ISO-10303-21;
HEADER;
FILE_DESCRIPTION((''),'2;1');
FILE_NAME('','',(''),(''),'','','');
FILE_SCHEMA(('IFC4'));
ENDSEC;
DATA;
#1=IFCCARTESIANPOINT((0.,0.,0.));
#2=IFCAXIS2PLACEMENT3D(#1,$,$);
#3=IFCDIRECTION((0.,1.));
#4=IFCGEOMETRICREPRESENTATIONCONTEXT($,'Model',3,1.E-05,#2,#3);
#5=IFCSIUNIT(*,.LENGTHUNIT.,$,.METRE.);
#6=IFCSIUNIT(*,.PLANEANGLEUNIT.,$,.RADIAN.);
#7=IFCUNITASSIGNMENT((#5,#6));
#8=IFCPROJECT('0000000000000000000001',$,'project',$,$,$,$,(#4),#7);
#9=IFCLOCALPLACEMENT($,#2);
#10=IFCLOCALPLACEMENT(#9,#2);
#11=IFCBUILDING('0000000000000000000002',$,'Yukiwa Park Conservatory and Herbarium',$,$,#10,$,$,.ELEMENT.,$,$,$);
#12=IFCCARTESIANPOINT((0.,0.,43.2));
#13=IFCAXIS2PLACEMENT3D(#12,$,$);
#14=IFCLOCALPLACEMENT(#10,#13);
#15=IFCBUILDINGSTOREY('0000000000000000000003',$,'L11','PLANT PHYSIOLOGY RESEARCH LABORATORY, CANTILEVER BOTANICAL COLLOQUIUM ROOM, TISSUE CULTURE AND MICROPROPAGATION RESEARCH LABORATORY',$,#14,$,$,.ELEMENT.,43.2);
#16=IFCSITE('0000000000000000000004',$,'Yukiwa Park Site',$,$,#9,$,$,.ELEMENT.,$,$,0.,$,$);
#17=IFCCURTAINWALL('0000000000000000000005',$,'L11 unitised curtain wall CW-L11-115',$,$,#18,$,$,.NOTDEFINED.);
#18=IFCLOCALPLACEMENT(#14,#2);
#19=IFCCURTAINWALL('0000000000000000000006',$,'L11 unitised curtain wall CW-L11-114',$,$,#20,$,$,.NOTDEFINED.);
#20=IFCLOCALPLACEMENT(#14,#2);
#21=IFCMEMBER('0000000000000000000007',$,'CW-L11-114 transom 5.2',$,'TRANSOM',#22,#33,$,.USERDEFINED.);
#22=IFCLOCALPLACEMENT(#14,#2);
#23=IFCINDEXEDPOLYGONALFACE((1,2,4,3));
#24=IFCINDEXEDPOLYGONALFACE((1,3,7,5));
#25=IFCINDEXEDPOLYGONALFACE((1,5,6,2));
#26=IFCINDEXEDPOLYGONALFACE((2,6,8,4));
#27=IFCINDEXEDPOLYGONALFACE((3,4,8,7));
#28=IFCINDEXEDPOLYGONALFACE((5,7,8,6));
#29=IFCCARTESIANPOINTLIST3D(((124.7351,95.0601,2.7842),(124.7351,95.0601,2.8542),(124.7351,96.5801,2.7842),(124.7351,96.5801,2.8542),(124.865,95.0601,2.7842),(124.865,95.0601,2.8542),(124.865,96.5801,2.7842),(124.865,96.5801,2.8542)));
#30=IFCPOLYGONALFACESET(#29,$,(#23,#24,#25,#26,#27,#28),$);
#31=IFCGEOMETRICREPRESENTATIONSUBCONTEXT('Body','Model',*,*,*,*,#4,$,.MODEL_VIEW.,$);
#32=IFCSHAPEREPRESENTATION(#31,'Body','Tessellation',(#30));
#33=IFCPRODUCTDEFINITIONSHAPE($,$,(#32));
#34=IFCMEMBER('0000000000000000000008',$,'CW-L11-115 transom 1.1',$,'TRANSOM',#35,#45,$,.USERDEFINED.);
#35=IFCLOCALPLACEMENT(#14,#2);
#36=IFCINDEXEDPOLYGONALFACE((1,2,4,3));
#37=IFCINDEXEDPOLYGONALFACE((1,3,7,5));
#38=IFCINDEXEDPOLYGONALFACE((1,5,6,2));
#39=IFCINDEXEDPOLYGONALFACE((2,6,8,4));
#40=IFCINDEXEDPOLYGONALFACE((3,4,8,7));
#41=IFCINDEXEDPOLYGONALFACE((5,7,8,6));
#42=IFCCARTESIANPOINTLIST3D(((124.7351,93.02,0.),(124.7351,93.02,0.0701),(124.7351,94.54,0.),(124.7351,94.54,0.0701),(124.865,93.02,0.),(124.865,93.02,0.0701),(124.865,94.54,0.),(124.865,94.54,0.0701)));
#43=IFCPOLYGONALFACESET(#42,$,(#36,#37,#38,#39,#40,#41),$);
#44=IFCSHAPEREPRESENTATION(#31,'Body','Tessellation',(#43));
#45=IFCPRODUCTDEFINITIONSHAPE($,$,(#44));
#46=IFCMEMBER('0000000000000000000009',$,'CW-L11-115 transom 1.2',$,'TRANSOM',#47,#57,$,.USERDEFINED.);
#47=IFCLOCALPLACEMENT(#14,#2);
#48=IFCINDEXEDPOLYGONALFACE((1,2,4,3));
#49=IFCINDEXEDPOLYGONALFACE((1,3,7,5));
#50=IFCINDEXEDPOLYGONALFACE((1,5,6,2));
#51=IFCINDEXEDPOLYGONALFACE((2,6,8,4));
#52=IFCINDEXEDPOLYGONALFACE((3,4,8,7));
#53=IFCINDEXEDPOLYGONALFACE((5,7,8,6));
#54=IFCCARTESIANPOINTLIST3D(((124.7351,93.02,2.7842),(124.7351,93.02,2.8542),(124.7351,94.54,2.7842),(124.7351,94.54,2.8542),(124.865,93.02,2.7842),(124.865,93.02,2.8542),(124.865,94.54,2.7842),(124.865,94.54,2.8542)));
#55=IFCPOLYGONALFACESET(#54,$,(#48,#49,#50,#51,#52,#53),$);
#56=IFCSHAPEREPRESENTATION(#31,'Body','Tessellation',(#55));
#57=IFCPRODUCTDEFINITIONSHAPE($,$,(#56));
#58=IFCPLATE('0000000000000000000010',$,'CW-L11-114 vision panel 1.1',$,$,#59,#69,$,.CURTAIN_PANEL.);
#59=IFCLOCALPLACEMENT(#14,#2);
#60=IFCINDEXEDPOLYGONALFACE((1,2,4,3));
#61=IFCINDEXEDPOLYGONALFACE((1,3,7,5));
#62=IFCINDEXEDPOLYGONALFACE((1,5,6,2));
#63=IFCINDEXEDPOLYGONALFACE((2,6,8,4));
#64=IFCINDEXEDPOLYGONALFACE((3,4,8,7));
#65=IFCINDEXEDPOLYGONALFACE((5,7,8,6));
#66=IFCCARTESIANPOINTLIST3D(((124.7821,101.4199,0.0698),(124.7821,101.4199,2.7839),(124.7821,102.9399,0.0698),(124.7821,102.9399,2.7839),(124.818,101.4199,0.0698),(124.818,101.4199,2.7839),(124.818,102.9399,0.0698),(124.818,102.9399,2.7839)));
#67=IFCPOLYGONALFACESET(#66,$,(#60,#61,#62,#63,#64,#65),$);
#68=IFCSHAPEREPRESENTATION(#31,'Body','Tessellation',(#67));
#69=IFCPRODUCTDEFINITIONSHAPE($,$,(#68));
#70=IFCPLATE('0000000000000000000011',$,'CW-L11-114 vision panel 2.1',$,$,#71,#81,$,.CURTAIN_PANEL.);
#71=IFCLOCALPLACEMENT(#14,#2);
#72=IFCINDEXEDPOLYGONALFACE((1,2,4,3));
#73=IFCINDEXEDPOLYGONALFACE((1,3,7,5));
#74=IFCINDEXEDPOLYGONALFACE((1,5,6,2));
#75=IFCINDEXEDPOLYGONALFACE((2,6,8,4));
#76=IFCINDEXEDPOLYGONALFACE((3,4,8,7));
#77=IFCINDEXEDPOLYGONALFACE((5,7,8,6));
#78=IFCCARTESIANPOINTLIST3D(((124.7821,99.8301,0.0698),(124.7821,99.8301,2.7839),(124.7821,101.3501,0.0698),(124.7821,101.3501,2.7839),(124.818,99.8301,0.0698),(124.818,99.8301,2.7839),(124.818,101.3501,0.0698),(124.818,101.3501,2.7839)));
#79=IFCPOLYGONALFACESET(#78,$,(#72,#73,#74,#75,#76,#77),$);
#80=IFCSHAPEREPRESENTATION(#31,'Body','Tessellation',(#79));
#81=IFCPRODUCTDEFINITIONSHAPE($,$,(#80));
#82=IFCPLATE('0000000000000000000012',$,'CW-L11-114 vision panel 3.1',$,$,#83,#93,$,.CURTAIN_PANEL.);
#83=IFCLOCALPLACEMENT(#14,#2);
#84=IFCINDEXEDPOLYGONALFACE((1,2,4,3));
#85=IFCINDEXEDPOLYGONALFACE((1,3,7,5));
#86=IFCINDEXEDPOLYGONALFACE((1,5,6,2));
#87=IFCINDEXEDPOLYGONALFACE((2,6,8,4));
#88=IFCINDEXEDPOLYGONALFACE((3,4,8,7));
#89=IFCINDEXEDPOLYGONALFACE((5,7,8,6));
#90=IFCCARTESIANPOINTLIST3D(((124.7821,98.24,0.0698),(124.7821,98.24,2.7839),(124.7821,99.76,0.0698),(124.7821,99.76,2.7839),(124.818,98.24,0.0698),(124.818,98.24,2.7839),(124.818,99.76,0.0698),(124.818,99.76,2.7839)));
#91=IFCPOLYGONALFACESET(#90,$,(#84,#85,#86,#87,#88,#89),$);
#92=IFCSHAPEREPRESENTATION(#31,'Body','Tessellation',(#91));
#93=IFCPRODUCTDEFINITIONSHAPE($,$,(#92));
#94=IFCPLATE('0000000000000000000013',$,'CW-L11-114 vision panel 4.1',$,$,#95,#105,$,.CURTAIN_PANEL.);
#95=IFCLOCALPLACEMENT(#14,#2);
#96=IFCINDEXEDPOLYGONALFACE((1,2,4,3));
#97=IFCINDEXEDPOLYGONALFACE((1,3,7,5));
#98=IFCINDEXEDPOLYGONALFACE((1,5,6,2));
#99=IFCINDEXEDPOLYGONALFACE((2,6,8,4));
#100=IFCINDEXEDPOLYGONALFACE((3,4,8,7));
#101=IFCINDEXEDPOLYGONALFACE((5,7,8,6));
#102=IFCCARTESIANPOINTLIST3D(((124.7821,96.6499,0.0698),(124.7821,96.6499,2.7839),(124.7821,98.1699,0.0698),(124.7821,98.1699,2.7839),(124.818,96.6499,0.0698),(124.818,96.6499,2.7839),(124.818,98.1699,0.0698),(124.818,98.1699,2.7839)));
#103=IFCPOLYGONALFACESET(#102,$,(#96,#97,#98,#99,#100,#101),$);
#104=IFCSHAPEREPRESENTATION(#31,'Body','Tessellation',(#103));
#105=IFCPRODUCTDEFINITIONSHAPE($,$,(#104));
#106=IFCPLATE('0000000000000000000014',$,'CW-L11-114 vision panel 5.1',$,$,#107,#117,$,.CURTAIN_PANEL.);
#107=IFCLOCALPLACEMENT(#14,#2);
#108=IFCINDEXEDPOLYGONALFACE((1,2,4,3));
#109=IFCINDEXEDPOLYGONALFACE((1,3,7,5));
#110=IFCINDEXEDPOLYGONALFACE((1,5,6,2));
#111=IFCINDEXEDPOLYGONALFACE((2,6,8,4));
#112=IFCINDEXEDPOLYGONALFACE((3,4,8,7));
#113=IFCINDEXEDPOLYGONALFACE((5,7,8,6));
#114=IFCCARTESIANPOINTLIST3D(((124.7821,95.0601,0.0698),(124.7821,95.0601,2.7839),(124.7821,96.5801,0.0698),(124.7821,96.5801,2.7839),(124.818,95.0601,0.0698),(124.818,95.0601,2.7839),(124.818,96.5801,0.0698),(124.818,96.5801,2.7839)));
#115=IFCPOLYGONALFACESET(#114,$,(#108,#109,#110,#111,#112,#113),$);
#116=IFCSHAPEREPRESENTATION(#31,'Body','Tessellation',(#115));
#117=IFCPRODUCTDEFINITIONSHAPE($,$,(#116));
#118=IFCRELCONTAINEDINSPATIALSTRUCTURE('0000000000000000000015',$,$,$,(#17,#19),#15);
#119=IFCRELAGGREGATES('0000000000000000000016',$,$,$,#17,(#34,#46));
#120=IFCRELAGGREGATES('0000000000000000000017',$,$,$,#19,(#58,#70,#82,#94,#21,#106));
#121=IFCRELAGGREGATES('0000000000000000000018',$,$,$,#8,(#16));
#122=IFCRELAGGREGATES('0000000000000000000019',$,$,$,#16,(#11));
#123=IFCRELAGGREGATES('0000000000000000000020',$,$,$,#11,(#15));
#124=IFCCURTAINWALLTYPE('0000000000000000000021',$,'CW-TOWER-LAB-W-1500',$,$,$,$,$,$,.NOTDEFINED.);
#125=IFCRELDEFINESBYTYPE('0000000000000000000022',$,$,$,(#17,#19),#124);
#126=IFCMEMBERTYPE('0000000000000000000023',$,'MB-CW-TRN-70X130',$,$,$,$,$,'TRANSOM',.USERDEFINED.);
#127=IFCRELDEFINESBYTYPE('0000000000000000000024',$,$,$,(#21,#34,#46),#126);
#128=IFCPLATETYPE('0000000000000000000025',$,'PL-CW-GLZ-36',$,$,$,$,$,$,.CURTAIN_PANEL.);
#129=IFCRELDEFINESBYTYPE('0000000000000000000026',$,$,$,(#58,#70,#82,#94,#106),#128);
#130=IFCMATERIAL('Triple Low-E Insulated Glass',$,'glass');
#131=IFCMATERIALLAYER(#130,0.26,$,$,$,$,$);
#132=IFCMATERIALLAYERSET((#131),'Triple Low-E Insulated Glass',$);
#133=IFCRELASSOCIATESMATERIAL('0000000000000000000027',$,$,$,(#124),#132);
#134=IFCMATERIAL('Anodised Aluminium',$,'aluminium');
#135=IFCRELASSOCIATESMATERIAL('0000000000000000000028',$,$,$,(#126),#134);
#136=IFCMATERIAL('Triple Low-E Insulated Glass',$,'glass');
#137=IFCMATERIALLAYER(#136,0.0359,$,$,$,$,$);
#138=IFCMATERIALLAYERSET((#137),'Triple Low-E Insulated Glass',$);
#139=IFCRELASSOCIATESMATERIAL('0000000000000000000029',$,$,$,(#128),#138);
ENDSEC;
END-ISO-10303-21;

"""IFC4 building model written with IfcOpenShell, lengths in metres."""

from ifc_helpers import new_model, si_unit, direction, frame, origin, origin_2d, place, context, subcontext, project, spatial, rectangle, extrude, material, layer, layer_set, type_object, element, aggregate, save


model = new_model("IFC4")

# Units and contexts
model_context = context("Model", 3, precision=1e-05, world=origin(), true_north=direction((0.0, 1.0)))
body_context = subcontext(model_context, "Body", "Model", "MODEL_VIEW")
ifc_project = project(units=[si_unit("LENGTHUNIT", "METRE"), si_unit("PLANEANGLEUNIT", "RADIAN")], contexts=[model_context])

# Site, building, storey
site_placement = place(None, origin())
site = spatial("IfcSite", under=ifc_project, at=site_placement, Name="Yukiwa Park Site", CompositionType="ELEMENT", RefElevation=0.0)
building_placement = place(site_placement, origin())
building = spatial("IfcBuilding", under=site, at=building_placement, Name="Yukiwa Park Conservatory and Herbarium", CompositionType="ELEMENT")
storey_placement = place(building_placement, frame((0.0, 0.0, 43.2)))
storey = spatial("IfcBuildingStorey", under=building, at=storey_placement, Name="L11", Description="PLANT PHYSIOLOGY RESEARCH LABORATORY, CANTILEVER BOTANICAL COLLOQUIUM ROOM, TISSUE CULTURE AND MICROPROPAGATION RESEARCH LABORATORY", CompositionType="ELEMENT", Elevation=43.2)

# Curtain walls, member
ifc_material_1 = material(Name="Triple Low-E Insulated Glass", Category="glass")
ifc_layer_1 = layer(ifc_material_1, 0.26)
ifc_layer_set_1 = layer_set([ifc_layer_1], Name="Triple Low-E Insulated Glass")
curtain_wall_type = type_object("IfcCurtainWallType", Name="CW-TOWER-LAB-W-1500", PredefinedType="NOTDEFINED", material=ifc_layer_set_1)
curtain_wall_1_placement = place(storey_placement, origin())
curtain_wall_1 = element("IfcCurtainWall", 1, at=curtain_wall_1_placement, inside=storey, type_object=curtain_wall_type, Name="L11 unitised curtain wall CW-L11-115", PredefinedType="NOTDEFINED")
curtain_wall_2_placement = place(storey_placement, origin())
curtain_wall_2 = element("IfcCurtainWall", 2, at=curtain_wall_2_placement, inside=storey, type_object=curtain_wall_type, Name="L11 unitised curtain wall CW-L11-114", PredefinedType="NOTDEFINED")
ifc_material_2 = material(Name="Anodised Aluminium", Category="aluminium")
member_type_1 = type_object("IfcMemberType", Name="MB-CW-TRN-70X130", ElementType="TRANSOM", PredefinedType="USERDEFINED", material=ifc_material_2)
member_1_placement = place(storey_placement, frame((124.8, 95.8201, 2.7842), z_axis=(0.0, 0.0, 1.0), x_axis=(0.0, -1.0, 0.0)))
member_1 = element("IfcMember", 3, at=member_1_placement, type_object=member_type_1, Name="CW-L11-114 transom 5.2", ObjectType="TRANSOM", PredefinedType="USERDEFINED", context=body_context, shape_type="SweptSolid", body=[
    extrude(rectangle(XDim=1.52, YDim=0.1299, at=origin_2d()), origin(), (0.0, 0.0, 1.0), 0.0701),
])

# Members
member_2_placement = place(storey_placement, frame((124.8, 93.78, 0.0), z_axis=(0.0, 0.0, 1.0), x_axis=(0.0, -1.0, 0.0)))
member_2 = element("IfcMember", 4, at=member_2_placement, type_object=member_type_1, Name="CW-L11-115 transom 1.1", ObjectType="TRANSOM", PredefinedType="USERDEFINED", context=body_context, shape_type="SweptSolid", body=[
    extrude(rectangle(XDim=1.52, YDim=0.1299, at=origin_2d()), origin(), (0.0, 0.0, 1.0), 0.0701),
])
member_3_placement = place(storey_placement, frame((124.8, 93.78, 2.7842), z_axis=(0.0, 0.0, 1.0), x_axis=(0.0, -1.0, 0.0)))
member_3 = element("IfcMember", 5, at=member_3_placement, type_object=member_type_1, Name="CW-L11-115 transom 1.2", ObjectType="TRANSOM", PredefinedType="USERDEFINED", context=body_context, shape_type="SweptSolid", body=[
    extrude(rectangle(XDim=1.52, YDim=0.1299, at=origin_2d()), origin(), (0.0, 0.0, 1.0), 0.0701),
])
aggregate(curtain_wall_1, [member_2, member_3])

# Plates
ifc_material_3 = material(Name="Triple Low-E Insulated Glass", Category="glass")
ifc_layer_2 = layer(ifc_material_3, 0.0359)
ifc_layer_set_2 = layer_set([ifc_layer_2], Name="Triple Low-E Insulated Glass")
plate_type = type_object("IfcPlateType", Name="PL-CW-GLZ-36", PredefinedType="CURTAIN_PANEL", material=ifc_layer_set_2)
plate_1_placement = place(storey_placement, frame((124.8, 102.1799, 0.0698), z_axis=(0.0, 0.0, 1.0), x_axis=(0.0, -1.0, 0.0)))
plate_1 = element("IfcPlate", 6, at=plate_1_placement, type_object=plate_type, Name="CW-L11-114 vision panel 1.1", PredefinedType="CURTAIN_PANEL", context=body_context, shape_type="SweptSolid", body=[
    extrude(rectangle(XDim=1.52, YDim=0.0359, at=origin_2d()), origin(), (0.0, 0.0, 1.0), 2.7141),
])
plate_2_placement = place(storey_placement, frame((124.8, 100.5901, 0.0698), z_axis=(0.0, 0.0, 1.0), x_axis=(0.0, -1.0, 0.0)))
plate_2 = element("IfcPlate", 7, at=plate_2_placement, type_object=plate_type, Name="CW-L11-114 vision panel 2.1", PredefinedType="CURTAIN_PANEL", context=body_context, shape_type="SweptSolid", body=[
    extrude(rectangle(XDim=1.52, YDim=0.0359, at=origin_2d()), origin(), (0.0, 0.0, 1.0), 2.7141),
])
plate_3_placement = place(storey_placement, frame((124.8, 99.0, 0.0698), z_axis=(0.0, 0.0, 1.0), x_axis=(0.0, -1.0, 0.0)))
plate_3 = element("IfcPlate", 8, at=plate_3_placement, type_object=plate_type, Name="CW-L11-114 vision panel 3.1", PredefinedType="CURTAIN_PANEL", context=body_context, shape_type="SweptSolid", body=[
    extrude(rectangle(XDim=1.52, YDim=0.0359, at=origin_2d()), origin(), (0.0, 0.0, 1.0), 2.7141),
])
plate_4_placement = place(storey_placement, frame((124.8, 97.4099, 0.0698), z_axis=(0.0, 0.0, 1.0), x_axis=(0.0, -1.0, 0.0)))
plate_4 = element("IfcPlate", 9, at=plate_4_placement, type_object=plate_type, Name="CW-L11-114 vision panel 4.1", PredefinedType="CURTAIN_PANEL", context=body_context, shape_type="SweptSolid", body=[
    extrude(rectangle(XDim=1.52, YDim=0.0359, at=origin_2d()), origin(), (0.0, 0.0, 1.0), 2.7141),
])
plate_5_placement = place(storey_placement, frame((124.8, 95.8201, 0.0698), z_axis=(0.0, 0.0, 1.0), x_axis=(0.0, -1.0, 0.0)))
plate_5 = element("IfcPlate", 10, at=plate_5_placement, type_object=plate_type, Name="CW-L11-114 vision panel 5.1", PredefinedType="CURTAIN_PANEL", context=body_context, shape_type="SweptSolid", body=[
    extrude(rectangle(XDim=1.52, YDim=0.0359, at=origin_2d()), origin(), (0.0, 0.0, 1.0), 2.7141),
])
aggregate(curtain_wall_2, [plate_1, plate_2, plate_3, plate_4, member_1, plate_5])

save(model, "model.ifc")
